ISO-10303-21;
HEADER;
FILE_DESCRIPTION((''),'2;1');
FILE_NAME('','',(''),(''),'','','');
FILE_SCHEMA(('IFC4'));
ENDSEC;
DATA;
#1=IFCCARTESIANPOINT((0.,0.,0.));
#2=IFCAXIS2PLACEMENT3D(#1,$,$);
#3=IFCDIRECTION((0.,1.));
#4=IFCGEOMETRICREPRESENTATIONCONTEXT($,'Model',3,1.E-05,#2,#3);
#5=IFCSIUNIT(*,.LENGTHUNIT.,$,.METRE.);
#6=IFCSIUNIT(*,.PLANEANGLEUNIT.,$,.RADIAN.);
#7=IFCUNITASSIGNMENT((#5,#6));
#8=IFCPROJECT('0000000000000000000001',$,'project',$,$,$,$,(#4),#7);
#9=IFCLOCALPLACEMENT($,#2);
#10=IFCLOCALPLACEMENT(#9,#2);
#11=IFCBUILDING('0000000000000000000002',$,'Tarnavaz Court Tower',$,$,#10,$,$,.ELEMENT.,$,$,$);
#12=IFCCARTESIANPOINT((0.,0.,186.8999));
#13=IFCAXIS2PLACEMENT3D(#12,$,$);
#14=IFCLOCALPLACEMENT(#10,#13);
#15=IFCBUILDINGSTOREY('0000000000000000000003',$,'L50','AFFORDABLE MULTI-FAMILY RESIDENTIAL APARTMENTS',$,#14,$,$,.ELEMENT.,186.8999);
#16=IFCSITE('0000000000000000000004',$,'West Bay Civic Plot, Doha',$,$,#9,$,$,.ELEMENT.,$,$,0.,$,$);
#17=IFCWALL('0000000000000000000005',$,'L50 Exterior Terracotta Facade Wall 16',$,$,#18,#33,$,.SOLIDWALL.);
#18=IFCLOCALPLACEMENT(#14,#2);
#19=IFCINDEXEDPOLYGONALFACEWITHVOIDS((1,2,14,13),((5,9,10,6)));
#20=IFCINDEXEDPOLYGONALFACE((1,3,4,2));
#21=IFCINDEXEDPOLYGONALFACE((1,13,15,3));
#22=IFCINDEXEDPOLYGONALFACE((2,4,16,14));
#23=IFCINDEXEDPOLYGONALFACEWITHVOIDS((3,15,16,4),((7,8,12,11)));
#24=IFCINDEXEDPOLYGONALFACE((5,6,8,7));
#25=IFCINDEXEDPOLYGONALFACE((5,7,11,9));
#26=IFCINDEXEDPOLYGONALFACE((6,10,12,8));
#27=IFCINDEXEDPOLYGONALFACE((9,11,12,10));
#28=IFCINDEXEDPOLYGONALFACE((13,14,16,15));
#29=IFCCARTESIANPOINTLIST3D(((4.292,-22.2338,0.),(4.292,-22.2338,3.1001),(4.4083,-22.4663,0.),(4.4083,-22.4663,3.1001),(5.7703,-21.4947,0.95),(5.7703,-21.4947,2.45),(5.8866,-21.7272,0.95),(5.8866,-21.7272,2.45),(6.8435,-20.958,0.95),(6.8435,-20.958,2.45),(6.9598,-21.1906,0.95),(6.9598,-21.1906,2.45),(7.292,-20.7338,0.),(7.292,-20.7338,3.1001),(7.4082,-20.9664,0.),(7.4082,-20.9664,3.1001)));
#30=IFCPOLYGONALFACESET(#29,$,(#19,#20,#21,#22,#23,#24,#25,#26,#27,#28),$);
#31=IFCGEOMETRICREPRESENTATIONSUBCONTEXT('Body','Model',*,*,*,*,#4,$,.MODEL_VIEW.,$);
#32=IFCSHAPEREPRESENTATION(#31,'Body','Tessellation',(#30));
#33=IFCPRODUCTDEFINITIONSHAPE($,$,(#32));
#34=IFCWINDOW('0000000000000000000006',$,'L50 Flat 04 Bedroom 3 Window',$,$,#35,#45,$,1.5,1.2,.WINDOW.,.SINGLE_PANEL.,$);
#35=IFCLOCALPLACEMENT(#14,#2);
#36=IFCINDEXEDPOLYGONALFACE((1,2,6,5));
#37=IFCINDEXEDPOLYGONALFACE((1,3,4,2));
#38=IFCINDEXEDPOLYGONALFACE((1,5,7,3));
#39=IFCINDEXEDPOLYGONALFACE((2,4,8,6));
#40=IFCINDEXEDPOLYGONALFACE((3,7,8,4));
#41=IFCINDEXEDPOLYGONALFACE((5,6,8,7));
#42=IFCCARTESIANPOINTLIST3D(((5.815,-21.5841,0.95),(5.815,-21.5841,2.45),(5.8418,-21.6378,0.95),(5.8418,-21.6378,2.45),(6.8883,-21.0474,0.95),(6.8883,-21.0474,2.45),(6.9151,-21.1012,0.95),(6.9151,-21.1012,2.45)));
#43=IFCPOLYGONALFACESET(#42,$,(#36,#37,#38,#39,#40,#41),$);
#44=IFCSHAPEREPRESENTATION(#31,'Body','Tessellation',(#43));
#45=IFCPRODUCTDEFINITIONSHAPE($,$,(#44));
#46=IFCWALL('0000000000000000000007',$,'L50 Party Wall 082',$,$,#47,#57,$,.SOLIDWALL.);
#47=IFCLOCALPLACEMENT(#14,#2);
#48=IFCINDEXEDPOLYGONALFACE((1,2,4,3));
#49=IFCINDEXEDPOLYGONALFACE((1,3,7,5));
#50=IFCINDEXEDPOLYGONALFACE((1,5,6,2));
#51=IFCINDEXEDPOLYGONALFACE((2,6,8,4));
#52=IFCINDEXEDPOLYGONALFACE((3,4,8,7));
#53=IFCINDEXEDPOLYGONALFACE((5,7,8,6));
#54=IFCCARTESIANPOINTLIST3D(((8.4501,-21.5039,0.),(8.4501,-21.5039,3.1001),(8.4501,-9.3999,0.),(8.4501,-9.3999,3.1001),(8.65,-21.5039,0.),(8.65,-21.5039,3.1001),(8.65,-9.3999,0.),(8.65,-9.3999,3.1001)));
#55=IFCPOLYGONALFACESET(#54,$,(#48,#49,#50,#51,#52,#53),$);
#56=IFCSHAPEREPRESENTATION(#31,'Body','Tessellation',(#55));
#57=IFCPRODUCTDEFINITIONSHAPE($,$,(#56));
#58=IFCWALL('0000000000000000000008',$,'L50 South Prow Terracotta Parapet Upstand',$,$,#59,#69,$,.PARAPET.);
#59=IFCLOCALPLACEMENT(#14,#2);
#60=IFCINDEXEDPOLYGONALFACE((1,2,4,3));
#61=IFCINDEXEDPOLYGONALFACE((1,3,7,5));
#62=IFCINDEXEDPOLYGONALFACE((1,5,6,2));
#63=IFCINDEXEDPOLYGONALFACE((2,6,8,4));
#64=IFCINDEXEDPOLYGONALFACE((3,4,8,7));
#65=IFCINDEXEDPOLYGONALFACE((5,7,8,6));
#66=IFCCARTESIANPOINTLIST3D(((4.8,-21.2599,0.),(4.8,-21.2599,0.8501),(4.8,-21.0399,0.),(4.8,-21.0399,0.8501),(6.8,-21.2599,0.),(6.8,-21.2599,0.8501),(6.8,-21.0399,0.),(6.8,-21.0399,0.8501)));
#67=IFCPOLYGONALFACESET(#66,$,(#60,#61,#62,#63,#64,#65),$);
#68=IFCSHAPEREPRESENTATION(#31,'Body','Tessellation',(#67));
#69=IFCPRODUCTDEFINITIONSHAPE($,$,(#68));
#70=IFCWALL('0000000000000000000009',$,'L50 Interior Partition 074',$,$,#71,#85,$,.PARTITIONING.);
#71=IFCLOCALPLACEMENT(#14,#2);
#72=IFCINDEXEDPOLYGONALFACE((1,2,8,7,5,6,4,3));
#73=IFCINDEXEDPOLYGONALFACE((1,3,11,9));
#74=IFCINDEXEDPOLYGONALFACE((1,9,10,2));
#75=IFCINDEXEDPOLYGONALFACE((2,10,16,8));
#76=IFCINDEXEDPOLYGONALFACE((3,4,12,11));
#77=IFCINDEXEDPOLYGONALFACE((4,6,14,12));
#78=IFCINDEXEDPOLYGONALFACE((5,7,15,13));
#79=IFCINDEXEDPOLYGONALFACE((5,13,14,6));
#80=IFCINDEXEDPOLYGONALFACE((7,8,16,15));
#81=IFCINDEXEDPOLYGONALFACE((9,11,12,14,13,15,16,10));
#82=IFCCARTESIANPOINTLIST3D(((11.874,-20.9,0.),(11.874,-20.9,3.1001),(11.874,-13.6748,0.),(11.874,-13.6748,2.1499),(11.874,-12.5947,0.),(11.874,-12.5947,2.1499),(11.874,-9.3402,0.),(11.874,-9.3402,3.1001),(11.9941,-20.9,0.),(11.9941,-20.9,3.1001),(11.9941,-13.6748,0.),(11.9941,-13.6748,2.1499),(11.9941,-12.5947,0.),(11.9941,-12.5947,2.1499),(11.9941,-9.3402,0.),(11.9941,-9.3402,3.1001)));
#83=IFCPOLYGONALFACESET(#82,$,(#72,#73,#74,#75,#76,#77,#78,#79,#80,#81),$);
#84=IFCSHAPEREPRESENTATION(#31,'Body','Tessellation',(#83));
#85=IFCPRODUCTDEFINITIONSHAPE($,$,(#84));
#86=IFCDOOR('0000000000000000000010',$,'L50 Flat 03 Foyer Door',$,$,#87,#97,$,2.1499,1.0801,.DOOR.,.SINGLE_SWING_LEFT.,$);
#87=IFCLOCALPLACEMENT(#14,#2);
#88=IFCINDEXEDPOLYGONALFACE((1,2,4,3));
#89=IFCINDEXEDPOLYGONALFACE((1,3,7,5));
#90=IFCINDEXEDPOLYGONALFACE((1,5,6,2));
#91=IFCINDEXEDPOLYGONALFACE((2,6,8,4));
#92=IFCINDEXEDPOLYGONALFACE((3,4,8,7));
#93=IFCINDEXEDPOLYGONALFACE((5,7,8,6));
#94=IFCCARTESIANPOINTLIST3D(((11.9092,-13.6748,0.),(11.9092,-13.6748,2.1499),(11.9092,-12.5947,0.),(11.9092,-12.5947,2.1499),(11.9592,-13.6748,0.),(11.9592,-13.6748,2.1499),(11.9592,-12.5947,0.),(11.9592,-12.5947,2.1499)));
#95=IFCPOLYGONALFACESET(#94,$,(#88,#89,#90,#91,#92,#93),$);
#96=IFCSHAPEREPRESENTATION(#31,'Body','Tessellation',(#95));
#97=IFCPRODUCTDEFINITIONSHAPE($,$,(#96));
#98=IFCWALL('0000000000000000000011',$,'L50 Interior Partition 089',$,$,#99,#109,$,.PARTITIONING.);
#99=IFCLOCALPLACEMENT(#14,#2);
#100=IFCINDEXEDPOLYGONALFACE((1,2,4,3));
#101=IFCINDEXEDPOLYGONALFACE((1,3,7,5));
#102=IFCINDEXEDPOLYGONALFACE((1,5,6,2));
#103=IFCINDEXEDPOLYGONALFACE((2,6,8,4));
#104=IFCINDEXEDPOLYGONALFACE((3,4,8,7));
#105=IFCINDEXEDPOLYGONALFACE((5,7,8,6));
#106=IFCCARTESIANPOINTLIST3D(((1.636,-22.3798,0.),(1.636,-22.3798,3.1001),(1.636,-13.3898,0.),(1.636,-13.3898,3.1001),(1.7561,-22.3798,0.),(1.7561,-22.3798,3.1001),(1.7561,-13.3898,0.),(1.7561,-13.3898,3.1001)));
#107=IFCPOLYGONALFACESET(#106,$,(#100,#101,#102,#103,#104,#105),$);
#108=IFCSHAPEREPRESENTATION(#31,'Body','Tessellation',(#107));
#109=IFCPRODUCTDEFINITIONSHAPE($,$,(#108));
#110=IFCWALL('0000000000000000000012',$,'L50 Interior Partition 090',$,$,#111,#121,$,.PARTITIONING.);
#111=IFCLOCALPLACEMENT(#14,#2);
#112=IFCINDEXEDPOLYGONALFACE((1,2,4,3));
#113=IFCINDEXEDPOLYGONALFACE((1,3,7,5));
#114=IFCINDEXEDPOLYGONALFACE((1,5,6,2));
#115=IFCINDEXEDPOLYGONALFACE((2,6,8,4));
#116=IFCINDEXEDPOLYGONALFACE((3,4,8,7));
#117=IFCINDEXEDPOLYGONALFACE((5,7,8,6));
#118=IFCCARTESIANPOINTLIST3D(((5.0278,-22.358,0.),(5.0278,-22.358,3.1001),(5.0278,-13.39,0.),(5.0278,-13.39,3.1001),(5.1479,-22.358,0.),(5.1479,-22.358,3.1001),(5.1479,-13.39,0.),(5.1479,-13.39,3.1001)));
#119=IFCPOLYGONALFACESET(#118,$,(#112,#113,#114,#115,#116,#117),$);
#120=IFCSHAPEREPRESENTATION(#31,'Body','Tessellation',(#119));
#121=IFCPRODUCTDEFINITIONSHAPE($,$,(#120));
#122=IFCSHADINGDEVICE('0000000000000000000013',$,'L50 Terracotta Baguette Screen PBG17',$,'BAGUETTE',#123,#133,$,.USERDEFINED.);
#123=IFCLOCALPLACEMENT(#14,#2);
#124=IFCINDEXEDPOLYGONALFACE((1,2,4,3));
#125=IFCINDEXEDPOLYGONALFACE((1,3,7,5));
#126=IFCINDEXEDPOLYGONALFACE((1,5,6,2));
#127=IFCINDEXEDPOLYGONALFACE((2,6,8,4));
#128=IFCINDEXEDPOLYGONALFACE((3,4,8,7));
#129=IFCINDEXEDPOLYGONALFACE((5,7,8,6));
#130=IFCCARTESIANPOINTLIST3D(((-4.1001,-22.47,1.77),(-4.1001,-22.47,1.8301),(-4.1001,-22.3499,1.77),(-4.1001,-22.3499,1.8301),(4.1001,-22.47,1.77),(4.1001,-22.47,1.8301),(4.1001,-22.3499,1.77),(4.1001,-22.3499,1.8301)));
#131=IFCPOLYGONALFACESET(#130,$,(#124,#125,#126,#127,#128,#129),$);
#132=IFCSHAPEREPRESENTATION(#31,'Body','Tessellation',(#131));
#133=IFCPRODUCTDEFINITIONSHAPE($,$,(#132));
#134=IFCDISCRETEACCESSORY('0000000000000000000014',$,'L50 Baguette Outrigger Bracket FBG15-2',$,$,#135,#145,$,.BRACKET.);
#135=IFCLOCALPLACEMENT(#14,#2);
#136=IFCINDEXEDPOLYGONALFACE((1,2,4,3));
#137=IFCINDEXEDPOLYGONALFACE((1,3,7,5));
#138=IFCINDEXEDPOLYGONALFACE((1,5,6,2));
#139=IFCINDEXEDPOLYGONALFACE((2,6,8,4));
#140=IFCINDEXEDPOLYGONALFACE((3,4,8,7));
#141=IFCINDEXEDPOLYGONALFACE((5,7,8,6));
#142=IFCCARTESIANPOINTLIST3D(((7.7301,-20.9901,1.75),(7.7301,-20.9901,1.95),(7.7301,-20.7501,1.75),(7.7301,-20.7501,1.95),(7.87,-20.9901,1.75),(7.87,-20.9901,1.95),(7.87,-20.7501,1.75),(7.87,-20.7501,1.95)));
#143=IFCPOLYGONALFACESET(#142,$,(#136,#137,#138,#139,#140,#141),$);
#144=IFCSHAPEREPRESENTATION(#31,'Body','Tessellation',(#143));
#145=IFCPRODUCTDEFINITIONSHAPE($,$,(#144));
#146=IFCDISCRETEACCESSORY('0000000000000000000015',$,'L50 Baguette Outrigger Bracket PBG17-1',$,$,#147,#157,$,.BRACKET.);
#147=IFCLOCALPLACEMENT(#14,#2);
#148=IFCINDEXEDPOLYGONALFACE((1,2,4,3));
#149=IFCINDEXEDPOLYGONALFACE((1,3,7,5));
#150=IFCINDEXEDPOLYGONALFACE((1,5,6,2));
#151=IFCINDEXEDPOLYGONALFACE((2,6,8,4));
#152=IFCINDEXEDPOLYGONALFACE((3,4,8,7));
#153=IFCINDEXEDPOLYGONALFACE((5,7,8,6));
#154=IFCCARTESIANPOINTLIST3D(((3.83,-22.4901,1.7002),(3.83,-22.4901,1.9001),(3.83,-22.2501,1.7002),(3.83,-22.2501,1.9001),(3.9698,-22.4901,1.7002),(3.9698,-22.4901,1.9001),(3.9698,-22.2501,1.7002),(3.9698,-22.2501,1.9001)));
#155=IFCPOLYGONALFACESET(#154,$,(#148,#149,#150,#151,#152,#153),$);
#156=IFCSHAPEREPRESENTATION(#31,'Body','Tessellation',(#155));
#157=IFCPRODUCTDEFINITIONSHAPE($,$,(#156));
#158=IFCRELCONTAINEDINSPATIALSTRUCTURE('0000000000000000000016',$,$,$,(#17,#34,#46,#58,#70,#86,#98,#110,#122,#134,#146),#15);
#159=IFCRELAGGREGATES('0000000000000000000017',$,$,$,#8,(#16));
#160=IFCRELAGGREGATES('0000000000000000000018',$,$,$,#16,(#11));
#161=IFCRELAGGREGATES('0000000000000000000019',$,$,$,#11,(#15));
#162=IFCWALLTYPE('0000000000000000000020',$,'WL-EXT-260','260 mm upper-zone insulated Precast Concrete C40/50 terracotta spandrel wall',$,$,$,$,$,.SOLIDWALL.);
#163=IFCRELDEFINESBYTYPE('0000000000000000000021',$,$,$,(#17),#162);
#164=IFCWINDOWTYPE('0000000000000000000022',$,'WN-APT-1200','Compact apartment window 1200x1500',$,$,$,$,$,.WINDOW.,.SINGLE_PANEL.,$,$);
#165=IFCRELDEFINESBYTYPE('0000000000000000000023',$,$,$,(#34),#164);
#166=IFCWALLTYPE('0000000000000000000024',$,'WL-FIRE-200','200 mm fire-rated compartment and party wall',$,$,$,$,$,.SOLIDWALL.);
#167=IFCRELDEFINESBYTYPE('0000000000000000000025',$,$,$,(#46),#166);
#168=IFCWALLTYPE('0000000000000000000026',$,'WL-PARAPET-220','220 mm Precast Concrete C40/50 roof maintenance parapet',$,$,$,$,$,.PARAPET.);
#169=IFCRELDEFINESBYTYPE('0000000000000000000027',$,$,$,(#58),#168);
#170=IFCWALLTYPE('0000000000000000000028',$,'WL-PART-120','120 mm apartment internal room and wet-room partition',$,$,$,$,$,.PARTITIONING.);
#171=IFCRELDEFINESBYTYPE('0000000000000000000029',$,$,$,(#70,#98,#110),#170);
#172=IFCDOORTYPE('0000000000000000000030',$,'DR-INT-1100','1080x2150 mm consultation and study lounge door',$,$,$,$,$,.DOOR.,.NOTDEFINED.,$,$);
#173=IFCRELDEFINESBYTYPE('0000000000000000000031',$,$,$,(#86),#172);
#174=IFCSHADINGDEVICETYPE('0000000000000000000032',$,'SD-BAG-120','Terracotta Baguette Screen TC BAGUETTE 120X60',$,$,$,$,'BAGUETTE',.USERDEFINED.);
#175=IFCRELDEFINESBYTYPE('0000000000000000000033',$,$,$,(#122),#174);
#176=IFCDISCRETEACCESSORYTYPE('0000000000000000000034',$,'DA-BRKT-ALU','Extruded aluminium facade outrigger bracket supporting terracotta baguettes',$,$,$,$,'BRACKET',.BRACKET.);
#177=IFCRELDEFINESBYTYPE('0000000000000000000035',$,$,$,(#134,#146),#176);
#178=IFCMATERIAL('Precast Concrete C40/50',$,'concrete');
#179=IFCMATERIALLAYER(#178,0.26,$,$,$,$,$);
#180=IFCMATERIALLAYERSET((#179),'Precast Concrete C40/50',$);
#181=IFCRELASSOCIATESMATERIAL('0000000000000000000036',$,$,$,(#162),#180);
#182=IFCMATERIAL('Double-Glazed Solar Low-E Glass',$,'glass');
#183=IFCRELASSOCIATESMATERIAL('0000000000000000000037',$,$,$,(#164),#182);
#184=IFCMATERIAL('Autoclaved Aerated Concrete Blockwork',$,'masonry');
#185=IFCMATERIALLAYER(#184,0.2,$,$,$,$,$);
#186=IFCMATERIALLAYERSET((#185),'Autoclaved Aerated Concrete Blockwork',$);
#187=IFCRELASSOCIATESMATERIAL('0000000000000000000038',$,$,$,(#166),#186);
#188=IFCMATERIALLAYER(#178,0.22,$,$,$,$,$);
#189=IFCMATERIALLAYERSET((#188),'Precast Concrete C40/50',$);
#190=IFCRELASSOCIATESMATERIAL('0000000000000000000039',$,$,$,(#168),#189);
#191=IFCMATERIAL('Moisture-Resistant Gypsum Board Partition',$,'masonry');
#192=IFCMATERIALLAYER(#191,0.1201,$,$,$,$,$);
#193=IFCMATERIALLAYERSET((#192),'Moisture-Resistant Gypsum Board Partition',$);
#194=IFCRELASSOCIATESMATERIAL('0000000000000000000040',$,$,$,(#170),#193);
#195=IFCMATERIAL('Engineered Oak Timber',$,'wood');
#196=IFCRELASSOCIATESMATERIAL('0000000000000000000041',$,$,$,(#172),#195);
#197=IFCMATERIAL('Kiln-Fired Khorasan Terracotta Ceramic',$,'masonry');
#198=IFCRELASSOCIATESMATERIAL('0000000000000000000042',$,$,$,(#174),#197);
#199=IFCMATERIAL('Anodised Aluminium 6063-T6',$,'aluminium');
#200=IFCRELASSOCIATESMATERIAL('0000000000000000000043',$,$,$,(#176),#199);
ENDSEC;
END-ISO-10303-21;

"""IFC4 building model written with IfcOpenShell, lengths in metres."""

from ifc_helpers import new_model, si_unit, direction, frame, frame_2d, origin, origin_2d, place, context, subcontext, project, spatial, rectangle, extrude, material, layer, layer_set, material_profile, profile_set, type_object, element, fill, save


model = new_model("IFC4")

# Units and contexts
model_context = context("Model", 3, precision=1e-05, world=origin(), true_north=direction((0.0, 1.0)))
body_context = subcontext(model_context, "Body", "Model", "MODEL_VIEW")
ifc_project = project(units=[si_unit("LENGTHUNIT", "METRE"), si_unit("PLANEANGLEUNIT", "RADIAN")], contexts=[model_context])

# Site, building, storey
site_placement = place(None, origin())
site = spatial("IfcSite", under=ifc_project, at=site_placement, Name="West Bay Civic Plot, Doha", CompositionType="ELEMENT", RefElevation=0.0)
building_placement = place(site_placement, origin())
building = spatial("IfcBuilding", under=site, at=building_placement, Name="Tarnavaz Court Tower", CompositionType="ELEMENT")
storey_placement = place(building_placement, frame((0.0, 0.0, 186.8999)))
storey = spatial("IfcBuildingStorey", under=building, at=storey_placement, Name="L50", Description="AFFORDABLE MULTI-FAMILY RESIDENTIAL APARTMENTS", CompositionType="ELEMENT", Elevation=186.8999)

# Shared definitions
ifc_material_1 = material(Name="Anodised Aluminium 6063-T6", Category="aluminium")
ifc_material_2 = material(Name="Double-Glazed Solar Low-E Glass", Category="glass")

# Wall, opening, window
ifc_material_3 = material(Name="Precast Concrete C40/50", Category="concrete")
ifc_layer_1 = layer(ifc_material_3, 0.26)
ifc_layer_set_1 = layer_set([ifc_layer_1], Name="Precast Concrete C40/50")
wall_type_1 = type_object("IfcWallType", Name="WL-EXT-260", Description="260 mm upper-zone insulated Precast Concrete C40/50 terracotta spandrel wall", PredefinedType="SOLIDWALL", material=ifc_layer_set_1)
wall_1_placement = place(storey_placement, frame((7.3501, -20.8501, 0.0), z_axis=(0.0, 0.0, 1.0), x_axis=(-0.894427, -0.447214, 0.0)))
wall_1 = element("IfcWall", 1, at=wall_1_placement, inside=storey, type_object=wall_type_1, Name="L50 Exterior Terracotta Facade Wall 16", PredefinedType="SOLIDWALL", context=body_context, shape_type="SweptSolid", body=[
    extrude(rectangle(XDim=3.354, YDim=0.26, at=frame_2d((1.677, 0.0))), origin(), (0.0, 0.0, 1.0), 3.1001),
])
opening_1_placement = place(wall_1_placement, frame((0.5012, 0.0, 0.95)))
opening_1 = element("IfcOpeningElement", 2, at=opening_1_placement, cuts=wall_1, PredefinedType="OPENING", context=body_context, shape_type="SweptSolid", body=[
    extrude(rectangle(XDim=1.2, YDim=1.5, at=frame_2d((0.6001, 0.75))), frame((0.0, 0.1399, 0.0), z_axis=(0.0, -1.0, 0.0), x_axis=(1.0, 0.0, 0.0)), (0.0, 0.0, 1.0), 0.28),
])
window_type = type_object("IfcWindowType", Name="WN-APT-1200", Description="Compact apartment window 1200x1500", PartitioningType="SINGLE_PANEL", PredefinedType="WINDOW", material=ifc_material_2)
window_placement = place(opening_1_placement, origin())
window = element("IfcWindow", 3, at=window_placement, inside=storey, type_object=window_type, Name="L50 Flat 04 Bedroom 3 Window", OverallHeight=1.5, OverallWidth=1.2, PartitioningType="SINGLE_PANEL", PredefinedType="WINDOW", context=body_context, shape_type="SweptSolid", body=[
    extrude(rectangle(XDim=1.2, YDim=1.5, at=frame_2d((0.6001, 0.75))), frame((0.0, 0.03, 0.0), z_axis=(0.0, -1.0, 0.0), x_axis=(1.0, 0.0, 0.0)), (0.0, 0.0, 1.0), 0.0601),
])
fill(opening_1, window)

# Walls
ifc_material_4 = material(Name="Autoclaved Aerated Concrete Blockwork", Category="masonry")
ifc_layer_2 = layer(ifc_material_4, 0.2)
ifc_layer_set_2 = layer_set([ifc_layer_2], Name="Autoclaved Aerated Concrete Blockwork")
wall_type_2 = type_object("IfcWallType", Name="WL-FIRE-200", Description="200 mm fire-rated compartment and party wall", PredefinedType="SOLIDWALL", material=ifc_layer_set_2)
wall_2_placement = place(storey_placement, frame((8.55, -21.5039, 0.0), z_axis=(0.0, 0.0, 1.0), x_axis=(0.0, 1.0, 0.0)))
element("IfcWall", 4, at=wall_2_placement, inside=storey, type_object=wall_type_2, Name="L50 Party Wall 082", PredefinedType="SOLIDWALL", context=body_context, shape_type="SweptSolid", body=[
    extrude(rectangle(XDim=12.104, YDim=0.2, at=frame_2d((6.052, 0.0))), origin(), (0.0, 0.0, 1.0), 3.1001),
])
ifc_layer_3 = layer(ifc_material_3, 0.22)
ifc_layer_set_3 = layer_set([ifc_layer_3], Name="Precast Concrete C40/50")
wall_type_3 = type_object("IfcWallType", Name="WL-PARAPET-220", Description="220 mm Precast Concrete C40/50 roof maintenance parapet", PredefinedType="PARAPET", material=ifc_layer_set_3)
wall_3_placement = place(storey_placement, frame((4.8, -21.1499, 0.0), z_axis=(0.0, 0.0, 1.0), x_axis=(1.0, 0.0, 0.0)))
element("IfcWall", 5, at=wall_3_placement, inside=storey, type_object=wall_type_3, Name="L50 South Prow Terracotta Parapet Upstand", PredefinedType="PARAPET", context=body_context, shape_type="SweptSolid", body=[
    extrude(rectangle(XDim=2.0, YDim=0.22, at=frame_2d((1.0, 0.0))), origin(), (0.0, 0.0, 1.0), 0.8501),
])

# Wall, opening, door
ifc_material_5 = material(Name="Moisture-Resistant Gypsum Board Partition", Category="masonry")
ifc_layer_4 = layer(ifc_material_5, 0.1201)
ifc_layer_set_4 = layer_set([ifc_layer_4], Name="Moisture-Resistant Gypsum Board Partition")
wall_type_4 = type_object("IfcWallType", Name="WL-PART-120", Description="120 mm apartment internal room and wet-room partition", PredefinedType="PARTITIONING", material=ifc_layer_set_4)
wall_4_placement = place(storey_placement, frame((11.9341, -20.8999, 0.0), z_axis=(0.0, 0.0, 1.0), x_axis=(0.0, 1.0, 0.0)))
wall_4 = element("IfcWall", 6, at=wall_4_placement, inside=storey, type_object=wall_type_4, Name="L50 Interior Partition 074", PredefinedType="PARTITIONING", context=body_context, shape_type="SweptSolid", body=[
    extrude(rectangle(XDim=11.5598, YDim=0.1201, at=frame_2d((5.7798, 0.0))), origin(), (0.0, 0.0, 1.0), 3.1001),
])
opening_2_placement = place(wall_4_placement, frame((7.2251, 0.0, 0.0)))
opening_2 = element("IfcOpeningElement", 7, at=opening_2_placement, cuts=wall_4, PredefinedType="OPENING", context=body_context, shape_type="SweptSolid", body=[
    extrude(rectangle(XDim=1.0801, YDim=2.1499, at=frame_2d((0.54, 1.075))), frame((0.0, 0.0701, 0.0), z_axis=(0.0, -1.0, 0.0), x_axis=(1.0, 0.0, 0.0)), (0.0, 0.0, 1.0), 0.1401),
])
ifc_material_6 = material(Name="Engineered Oak Timber", Category="wood")
door_type = type_object("IfcDoorType", Name="DR-INT-1100", Description="1080x2150 mm consultation and study lounge door", OperationType="NOTDEFINED", PredefinedType="DOOR", material=ifc_material_6)
door_placement = place(opening_2_placement, origin())
door = element("IfcDoor", 8, at=door_placement, inside=storey, type_object=door_type, Name="L50 Flat 03 Foyer Door", OperationType="SINGLE_SWING_LEFT", OverallHeight=2.1499, OverallWidth=1.0801, PredefinedType="DOOR", context=body_context, shape_type="SweptSolid", body=[
    extrude(rectangle(XDim=1.0801, YDim=2.1499, at=frame_2d((0.54, 1.075))), frame((0.0, 0.0249, 0.0), z_axis=(0.0, -1.0, 0.0), x_axis=(1.0, 0.0, 0.0)), (0.0, 0.0, 1.0), 0.05),
])
fill(opening_2, door)

# Walls
wall_5_placement = place(storey_placement, frame((1.696, -22.3799, 0.0), z_axis=(0.0, 0.0, 1.0), x_axis=(0.0, 1.0, 0.0)))
element("IfcWall", 9, at=wall_5_placement, inside=storey, type_object=wall_type_4, Name="L50 Interior Partition 089", PredefinedType="PARTITIONING", context=body_context, shape_type="SweptSolid", body=[
    extrude(rectangle(XDim=8.99, YDim=0.1201, at=frame_2d((4.4951, 0.0))), origin(), (0.0, 0.0, 1.0), 3.1001),
])
wall_6_placement = place(storey_placement, frame((5.0879, -22.3579, 0.0), z_axis=(0.0, 0.0, 1.0), x_axis=(0.0, 1.0, 0.0)))
element("IfcWall", 10, at=wall_6_placement, inside=storey, type_object=wall_type_4, Name="L50 Interior Partition 090", PredefinedType="PARTITIONING", context=body_context, shape_type="SweptSolid", body=[
    extrude(rectangle(XDim=8.968, YDim=0.1201, at=frame_2d((4.4839, 0.0))), origin(), (0.0, 0.0, 1.0), 3.1001),
])

# Shading device
ifc_material_7 = material(Name="Kiln-Fired Khorasan Terracotta Ceramic", Category="masonry")
ifc_material_profile_1 = material_profile(ifc_material_7, rectangle(XDim=0.1201, YDim=0.0601, at=origin_2d()), Name="TC BAGUETTE 120X60")
ifc_profile_set_1 = profile_set([ifc_material_profile_1], Name="Kiln-Fired Khorasan Terracotta Ceramic")
shading_device_type = type_object("IfcShadingDeviceType", Name="SD-BAG-120", Description="Terracotta Baguette Screen TC BAGUETTE 120X60", ElementType="BAGUETTE", PredefinedType="USERDEFINED", material=ifc_profile_set_1)
shading_device_placement = place(storey_placement, frame((4.1001, -22.4099, 1.8), z_axis=(-1.0, 0.0, 0.0), x_axis=(0.0, -1.0, 0.0)))
element("IfcShadingDevice", 11, at=shading_device_placement, inside=storey, type_object=shading_device_type, Name="L50 Terracotta Baguette Screen PBG17", ObjectType="BAGUETTE", PredefinedType="USERDEFINED", context=body_context, shape_type="SweptSolid", body=[
    extrude(rectangle(XDim=0.1201, YDim=0.0601, at=origin_2d()), origin(), (0.0, 0.0, 1.0), 8.2002),
])

# Discrete accessories
discrete_accessory_type = type_object("IfcDiscreteAccessoryType", Name="DA-BRKT-ALU", Description="Extruded aluminium facade outrigger bracket supporting terracotta baguettes", ElementType="BRACKET", PredefinedType="BRACKET", material=ifc_material_1)
for number, where, z_axis, x_axis, name in (
    (12, (7.8, -20.8701, 1.75), (0.0, 0.0, 1.0), (-1.0, 0.0, 0.0), "L50 Baguette Outrigger Bracket FBG15-2"),
    (13, (3.8999, -22.3701, 1.7002), (0.0, 0.0, 1.0), (-1.0, 0.0, 0.0), "L50 Baguette Outrigger Bracket PBG17-1"),
):
    element("IfcDiscreteAccessory", number, at=place(storey_placement, frame(where, z_axis=z_axis, x_axis=x_axis)), inside=storey, type_object=discrete_accessory_type, Name=name, PredefinedType="BRACKET", context=body_context, shape_type="SweptSolid", body=[
        extrude(rectangle(XDim=0.1399, YDim=0.24, at=origin_2d()), origin(), (0.0, 0.0, 1.0), 0.2),
    ])

save(model, "model.ifc")
